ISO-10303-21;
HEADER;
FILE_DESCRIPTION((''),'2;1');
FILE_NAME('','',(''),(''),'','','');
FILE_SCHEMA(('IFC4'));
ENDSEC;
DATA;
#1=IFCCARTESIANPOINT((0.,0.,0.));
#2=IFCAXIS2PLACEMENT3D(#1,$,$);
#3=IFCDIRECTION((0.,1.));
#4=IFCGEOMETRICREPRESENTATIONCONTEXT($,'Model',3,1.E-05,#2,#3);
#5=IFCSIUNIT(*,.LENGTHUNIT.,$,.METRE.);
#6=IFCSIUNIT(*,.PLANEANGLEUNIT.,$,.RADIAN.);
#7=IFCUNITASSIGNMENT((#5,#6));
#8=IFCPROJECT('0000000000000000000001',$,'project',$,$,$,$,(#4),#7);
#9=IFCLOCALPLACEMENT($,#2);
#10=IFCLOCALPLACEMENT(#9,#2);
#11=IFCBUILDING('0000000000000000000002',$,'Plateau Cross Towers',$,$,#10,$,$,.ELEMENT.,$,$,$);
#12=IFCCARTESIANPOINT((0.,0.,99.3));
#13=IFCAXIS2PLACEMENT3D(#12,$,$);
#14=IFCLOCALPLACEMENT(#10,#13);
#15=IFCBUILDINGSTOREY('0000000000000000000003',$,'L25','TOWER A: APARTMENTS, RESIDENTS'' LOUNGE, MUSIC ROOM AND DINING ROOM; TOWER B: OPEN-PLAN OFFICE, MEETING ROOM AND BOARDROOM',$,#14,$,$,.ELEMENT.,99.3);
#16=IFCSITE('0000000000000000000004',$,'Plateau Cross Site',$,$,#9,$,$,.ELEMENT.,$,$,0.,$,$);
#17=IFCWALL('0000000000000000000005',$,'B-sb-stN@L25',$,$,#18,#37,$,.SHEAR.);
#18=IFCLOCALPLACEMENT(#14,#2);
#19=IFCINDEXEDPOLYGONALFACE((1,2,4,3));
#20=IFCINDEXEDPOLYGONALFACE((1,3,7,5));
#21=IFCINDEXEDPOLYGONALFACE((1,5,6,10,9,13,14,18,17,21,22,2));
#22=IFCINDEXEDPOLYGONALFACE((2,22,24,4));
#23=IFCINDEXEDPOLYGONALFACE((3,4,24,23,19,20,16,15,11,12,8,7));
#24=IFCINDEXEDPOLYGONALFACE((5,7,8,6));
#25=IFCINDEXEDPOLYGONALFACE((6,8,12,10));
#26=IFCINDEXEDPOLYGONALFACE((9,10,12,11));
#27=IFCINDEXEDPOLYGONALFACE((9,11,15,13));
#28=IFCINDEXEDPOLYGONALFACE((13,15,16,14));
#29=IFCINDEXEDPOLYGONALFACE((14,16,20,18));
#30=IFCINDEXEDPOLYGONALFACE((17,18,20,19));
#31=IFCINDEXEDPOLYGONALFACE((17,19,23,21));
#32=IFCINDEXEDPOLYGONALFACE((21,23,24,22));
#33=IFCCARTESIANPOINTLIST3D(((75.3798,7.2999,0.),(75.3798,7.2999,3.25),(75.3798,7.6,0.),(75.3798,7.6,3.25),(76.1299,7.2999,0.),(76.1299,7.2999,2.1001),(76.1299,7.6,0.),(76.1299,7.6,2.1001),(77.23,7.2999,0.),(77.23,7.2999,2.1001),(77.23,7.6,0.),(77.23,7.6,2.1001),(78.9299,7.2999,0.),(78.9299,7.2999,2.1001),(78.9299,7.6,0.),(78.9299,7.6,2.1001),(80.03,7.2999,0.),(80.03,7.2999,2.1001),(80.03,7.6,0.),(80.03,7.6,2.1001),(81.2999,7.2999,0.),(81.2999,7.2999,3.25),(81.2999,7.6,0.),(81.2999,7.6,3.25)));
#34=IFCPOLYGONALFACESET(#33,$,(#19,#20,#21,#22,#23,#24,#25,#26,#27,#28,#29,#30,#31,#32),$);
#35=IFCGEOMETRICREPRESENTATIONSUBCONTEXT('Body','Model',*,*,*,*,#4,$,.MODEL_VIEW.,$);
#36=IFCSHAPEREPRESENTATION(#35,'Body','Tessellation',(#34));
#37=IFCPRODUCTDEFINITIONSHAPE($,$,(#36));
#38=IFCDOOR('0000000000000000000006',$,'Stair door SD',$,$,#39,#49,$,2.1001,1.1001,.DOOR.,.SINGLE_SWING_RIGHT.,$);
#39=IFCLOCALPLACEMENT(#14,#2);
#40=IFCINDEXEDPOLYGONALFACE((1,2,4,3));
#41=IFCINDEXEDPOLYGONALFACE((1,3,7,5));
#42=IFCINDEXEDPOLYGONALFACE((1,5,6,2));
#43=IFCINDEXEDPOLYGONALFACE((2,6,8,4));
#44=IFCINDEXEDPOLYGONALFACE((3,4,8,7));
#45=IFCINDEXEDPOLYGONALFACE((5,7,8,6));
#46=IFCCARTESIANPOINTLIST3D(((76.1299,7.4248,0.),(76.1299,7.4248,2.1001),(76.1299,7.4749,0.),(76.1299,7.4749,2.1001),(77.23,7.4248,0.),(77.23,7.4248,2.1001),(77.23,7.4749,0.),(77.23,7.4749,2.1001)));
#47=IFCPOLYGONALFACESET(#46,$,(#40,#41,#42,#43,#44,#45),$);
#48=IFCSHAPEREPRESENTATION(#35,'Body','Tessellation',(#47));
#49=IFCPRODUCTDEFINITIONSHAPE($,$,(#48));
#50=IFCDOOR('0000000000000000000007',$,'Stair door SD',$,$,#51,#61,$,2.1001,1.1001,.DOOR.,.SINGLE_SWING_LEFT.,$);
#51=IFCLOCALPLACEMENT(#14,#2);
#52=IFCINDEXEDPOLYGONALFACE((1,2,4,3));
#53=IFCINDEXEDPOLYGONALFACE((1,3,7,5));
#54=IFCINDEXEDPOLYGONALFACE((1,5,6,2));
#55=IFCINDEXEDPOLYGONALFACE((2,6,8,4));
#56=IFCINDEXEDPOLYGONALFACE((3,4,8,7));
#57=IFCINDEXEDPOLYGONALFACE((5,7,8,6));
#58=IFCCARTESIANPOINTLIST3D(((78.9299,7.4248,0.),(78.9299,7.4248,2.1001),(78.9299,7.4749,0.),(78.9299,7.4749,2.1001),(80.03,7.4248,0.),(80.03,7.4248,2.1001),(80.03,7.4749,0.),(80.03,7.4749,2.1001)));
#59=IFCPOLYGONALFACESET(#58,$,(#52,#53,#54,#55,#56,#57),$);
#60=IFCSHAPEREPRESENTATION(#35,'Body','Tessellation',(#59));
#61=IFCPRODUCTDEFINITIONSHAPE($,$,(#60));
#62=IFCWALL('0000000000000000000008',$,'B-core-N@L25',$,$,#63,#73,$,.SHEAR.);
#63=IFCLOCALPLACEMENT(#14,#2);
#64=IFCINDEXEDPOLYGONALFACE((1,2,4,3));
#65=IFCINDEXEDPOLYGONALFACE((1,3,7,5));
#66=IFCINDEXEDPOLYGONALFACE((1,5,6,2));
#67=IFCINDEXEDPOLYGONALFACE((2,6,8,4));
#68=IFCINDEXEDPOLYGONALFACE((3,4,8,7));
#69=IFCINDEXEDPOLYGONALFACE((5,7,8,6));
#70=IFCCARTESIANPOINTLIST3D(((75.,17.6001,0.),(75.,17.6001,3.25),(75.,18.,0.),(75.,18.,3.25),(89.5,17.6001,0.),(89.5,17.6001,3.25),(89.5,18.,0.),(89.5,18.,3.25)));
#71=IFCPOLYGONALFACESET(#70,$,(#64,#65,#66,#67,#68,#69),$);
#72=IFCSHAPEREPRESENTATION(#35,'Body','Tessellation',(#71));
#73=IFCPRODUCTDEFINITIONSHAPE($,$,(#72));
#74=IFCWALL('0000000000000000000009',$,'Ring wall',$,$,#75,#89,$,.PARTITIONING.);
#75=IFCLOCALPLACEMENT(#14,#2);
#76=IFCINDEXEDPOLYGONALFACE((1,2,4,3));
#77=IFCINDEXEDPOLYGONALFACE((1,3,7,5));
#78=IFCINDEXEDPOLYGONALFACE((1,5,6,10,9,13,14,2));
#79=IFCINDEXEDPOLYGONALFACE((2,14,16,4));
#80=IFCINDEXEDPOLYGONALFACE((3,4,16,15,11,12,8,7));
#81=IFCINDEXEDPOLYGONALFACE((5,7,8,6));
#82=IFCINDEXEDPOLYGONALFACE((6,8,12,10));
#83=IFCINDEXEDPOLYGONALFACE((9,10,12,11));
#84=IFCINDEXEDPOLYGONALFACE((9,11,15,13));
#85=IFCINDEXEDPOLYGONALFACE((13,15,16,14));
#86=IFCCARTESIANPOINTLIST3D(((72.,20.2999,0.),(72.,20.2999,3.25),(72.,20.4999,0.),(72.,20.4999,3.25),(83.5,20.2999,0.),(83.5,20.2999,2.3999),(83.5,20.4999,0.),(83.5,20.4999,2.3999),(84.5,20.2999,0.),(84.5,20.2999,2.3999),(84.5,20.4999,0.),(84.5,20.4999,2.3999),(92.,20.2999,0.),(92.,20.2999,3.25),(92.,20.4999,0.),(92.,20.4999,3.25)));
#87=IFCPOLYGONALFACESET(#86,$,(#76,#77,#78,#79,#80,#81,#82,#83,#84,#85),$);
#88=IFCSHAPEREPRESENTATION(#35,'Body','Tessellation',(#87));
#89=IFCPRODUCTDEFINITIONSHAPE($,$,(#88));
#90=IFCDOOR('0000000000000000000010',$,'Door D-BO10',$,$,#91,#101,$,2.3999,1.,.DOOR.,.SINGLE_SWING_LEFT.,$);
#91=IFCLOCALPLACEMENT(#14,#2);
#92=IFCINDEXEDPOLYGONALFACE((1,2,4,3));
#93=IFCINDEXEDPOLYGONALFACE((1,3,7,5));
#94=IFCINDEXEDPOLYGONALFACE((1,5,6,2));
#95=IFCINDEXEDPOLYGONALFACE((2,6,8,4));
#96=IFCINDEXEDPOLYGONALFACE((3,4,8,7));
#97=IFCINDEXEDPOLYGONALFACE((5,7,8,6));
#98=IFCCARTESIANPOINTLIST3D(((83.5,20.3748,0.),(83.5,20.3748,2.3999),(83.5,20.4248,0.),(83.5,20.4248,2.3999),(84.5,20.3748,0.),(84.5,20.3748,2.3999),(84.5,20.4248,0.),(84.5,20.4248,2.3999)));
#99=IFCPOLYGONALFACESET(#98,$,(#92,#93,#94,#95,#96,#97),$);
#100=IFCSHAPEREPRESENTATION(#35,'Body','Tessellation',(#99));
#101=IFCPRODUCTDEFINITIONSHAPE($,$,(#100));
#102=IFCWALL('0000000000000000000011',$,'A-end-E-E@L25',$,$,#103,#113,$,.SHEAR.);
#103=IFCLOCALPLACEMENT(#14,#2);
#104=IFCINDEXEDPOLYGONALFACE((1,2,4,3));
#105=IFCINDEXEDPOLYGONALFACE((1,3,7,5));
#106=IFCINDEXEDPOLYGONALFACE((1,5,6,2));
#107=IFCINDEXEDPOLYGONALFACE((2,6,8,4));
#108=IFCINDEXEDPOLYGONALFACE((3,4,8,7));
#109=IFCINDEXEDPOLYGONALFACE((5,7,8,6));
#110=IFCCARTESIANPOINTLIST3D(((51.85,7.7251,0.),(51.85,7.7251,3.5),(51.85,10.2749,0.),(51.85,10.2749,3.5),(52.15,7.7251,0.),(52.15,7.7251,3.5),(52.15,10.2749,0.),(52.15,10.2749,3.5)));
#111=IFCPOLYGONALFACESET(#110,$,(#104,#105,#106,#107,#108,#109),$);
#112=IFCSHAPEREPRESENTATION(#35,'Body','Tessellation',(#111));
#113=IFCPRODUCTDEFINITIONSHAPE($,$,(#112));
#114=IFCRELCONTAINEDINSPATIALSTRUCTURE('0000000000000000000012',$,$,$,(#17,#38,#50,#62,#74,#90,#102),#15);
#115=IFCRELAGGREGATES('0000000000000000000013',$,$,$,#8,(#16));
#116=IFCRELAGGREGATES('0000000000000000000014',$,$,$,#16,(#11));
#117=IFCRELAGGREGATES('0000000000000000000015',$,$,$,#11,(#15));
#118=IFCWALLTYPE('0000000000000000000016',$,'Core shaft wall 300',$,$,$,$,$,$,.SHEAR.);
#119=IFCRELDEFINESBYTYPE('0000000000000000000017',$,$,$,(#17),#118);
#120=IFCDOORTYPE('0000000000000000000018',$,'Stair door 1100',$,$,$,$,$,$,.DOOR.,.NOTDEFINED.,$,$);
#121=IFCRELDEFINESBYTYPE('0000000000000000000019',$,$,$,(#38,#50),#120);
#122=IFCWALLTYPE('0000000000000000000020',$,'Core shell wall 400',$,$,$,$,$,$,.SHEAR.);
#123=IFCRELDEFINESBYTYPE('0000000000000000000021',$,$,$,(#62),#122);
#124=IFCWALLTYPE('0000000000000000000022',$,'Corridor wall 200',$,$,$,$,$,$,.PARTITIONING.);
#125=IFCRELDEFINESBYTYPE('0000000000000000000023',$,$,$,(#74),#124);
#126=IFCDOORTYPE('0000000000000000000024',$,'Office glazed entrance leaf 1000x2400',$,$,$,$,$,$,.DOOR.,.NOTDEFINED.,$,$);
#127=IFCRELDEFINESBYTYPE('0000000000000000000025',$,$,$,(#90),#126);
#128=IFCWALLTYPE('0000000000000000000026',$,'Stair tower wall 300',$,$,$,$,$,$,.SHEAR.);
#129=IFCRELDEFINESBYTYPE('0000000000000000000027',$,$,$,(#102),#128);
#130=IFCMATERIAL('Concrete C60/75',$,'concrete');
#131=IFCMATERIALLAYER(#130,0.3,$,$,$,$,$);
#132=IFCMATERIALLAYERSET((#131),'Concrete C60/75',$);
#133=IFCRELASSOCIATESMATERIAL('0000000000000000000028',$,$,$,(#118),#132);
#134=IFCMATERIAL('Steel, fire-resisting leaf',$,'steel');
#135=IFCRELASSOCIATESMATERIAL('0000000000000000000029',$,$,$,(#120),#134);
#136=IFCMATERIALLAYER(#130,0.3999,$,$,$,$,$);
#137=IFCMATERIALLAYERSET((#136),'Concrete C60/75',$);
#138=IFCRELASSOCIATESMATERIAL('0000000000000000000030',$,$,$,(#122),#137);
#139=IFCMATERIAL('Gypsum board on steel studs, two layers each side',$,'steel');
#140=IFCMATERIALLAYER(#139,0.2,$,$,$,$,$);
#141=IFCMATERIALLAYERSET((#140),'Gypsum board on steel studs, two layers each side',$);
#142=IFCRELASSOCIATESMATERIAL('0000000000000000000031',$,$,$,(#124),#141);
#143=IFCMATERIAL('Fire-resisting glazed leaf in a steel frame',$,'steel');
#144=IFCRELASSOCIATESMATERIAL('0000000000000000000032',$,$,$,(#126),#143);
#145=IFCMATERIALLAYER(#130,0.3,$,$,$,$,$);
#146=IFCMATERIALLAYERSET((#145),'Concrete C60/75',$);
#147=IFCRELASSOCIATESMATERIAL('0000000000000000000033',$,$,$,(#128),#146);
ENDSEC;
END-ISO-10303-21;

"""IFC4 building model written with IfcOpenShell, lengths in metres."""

from ifc_helpers import new_model, si_unit, direction, frame, frame_2d, origin, place, context, subcontext, project, spatial, rectangle, extrude, material, layer, layer_set, type_object, element, fill, save


model = new_model("IFC4")

# Units and contexts
model_context = context("Model", 3, precision=1e-05, world=origin(), true_north=direction((0.0, 1.0)))
body_context = subcontext(model_context, "Body", "Model", "MODEL_VIEW")
ifc_project = project(units=[si_unit("LENGTHUNIT", "METRE"), si_unit("PLANEANGLEUNIT", "RADIAN")], contexts=[model_context])

# Site, building, storey
site_placement = place(None, origin())
site = spatial("IfcSite", under=ifc_project, at=site_placement, Name="Plateau Cross Site", CompositionType="ELEMENT", RefElevation=0.0)
building_placement = place(site_placement, origin())
building = spatial("IfcBuilding", under=site, at=building_placement, Name="Plateau Cross Towers", CompositionType="ELEMENT")
storey_placement = place(building_placement, frame((0.0, 0.0, 99.3)))
storey = spatial("IfcBuildingStorey", under=building, at=storey_placement, Name="L25", Description="TOWER A: APARTMENTS, RESIDENTS' LOUNGE, MUSIC ROOM AND DINING ROOM; TOWER B: OPEN-PLAN OFFICE, MEETING ROOM AND BOARDROOM", CompositionType="ELEMENT", Elevation=99.3)

# Shared definitions
ifc_material_1 = material(Name="Concrete C60/75", Category="concrete")

# Wall, openings, doors
ifc_layer_1 = layer(ifc_material_1, 0.3)
ifc_layer_set_1 = layer_set([ifc_layer_1], Name="Concrete C60/75")
wall_type_1 = type_object("IfcWallType", Name="Core shaft wall 300", PredefinedType="SHEAR", material=ifc_layer_set_1)
wall_1_placement = place(storey_placement, frame((75.3799, 7.45, 0.0), z_axis=(0.0, 0.0, 1.0), x_axis=(1.0, 0.0, 0.0)))
wall_1 = element("IfcWall", 1, at=wall_1_placement, inside=storey, type_object=wall_type_1, Name="B-sb-stN@L25", PredefinedType="SHEAR", context=body_context, shape_type="SweptSolid", body=[
    extrude(rectangle(XDim=5.9202, YDim=0.3, at=frame_2d((2.96, 0.0))), origin(), (0.0, 0.0, 1.0), 3.25),
])
opening_1_placement = place(wall_1_placement, frame((0.75, 0.0, 0.0)))
opening_1 = element("IfcOpeningElement", 2, at=opening_1_placement, cuts=wall_1, PredefinedType="OPENING", context=body_context, shape_type="SweptSolid", body=[
    extrude(rectangle(XDim=1.1001, YDim=2.1001, at=frame_2d((0.55, 1.05))), frame((0.0, 0.1599, 0.0), z_axis=(0.0, -1.0, 0.0), x_axis=(1.0, 0.0, 0.0)), (0.0, 0.0, 1.0), 0.3201),
])
opening_2_placement = place(wall_1_placement, frame((3.55, 0.0, 0.0)))
opening_2 = element("IfcOpeningElement", 3, at=opening_2_placement, cuts=wall_1, PredefinedType="OPENING", context=body_context, shape_type="SweptSolid", body=[
    extrude(rectangle(XDim=1.1001, YDim=2.1001, at=frame_2d((0.55, 1.05))), frame((0.0, 0.1599, 0.0), z_axis=(0.0, -1.0, 0.0), x_axis=(1.0, 0.0, 0.0)), (0.0, 0.0, 1.0), 0.3201),
])
ifc_material_2 = material(Name="Steel, fire-resisting leaf", Category="steel")
door_type_1 = type_object("IfcDoorType", Name="Stair door 1100", OperationType="NOTDEFINED", PredefinedType="DOOR", material=ifc_material_2)
door_1_placement = place(opening_1_placement, origin())
door_1 = element("IfcDoor", 4, at=door_1_placement, inside=storey, type_object=door_type_1, Name="Stair door SD", OperationType="SINGLE_SWING_RIGHT", OverallHeight=2.1001, OverallWidth=1.1001, PredefinedType="DOOR", context=body_context, shape_type="SweptSolid", body=[
    extrude(rectangle(XDim=1.1001, YDim=2.1001, at=frame_2d((0.55, 1.05))), frame((0.0, 0.0249, 0.0), z_axis=(0.0, -1.0, 0.0), x_axis=(1.0, 0.0, 0.0)), (0.0, 0.0, 1.0), 0.05),
])
fill(opening_1, door_1)
door_2_placement = place(opening_2_placement, origin())
door_2 = element("IfcDoor", 5, at=door_2_placement, inside=storey, type_object=door_type_1, Name="Stair door SD", OperationType="SINGLE_SWING_LEFT", OverallHeight=2.1001, OverallWidth=1.1001, PredefinedType="DOOR", context=body_context, shape_type="SweptSolid", body=[
    extrude(rectangle(XDim=1.1001, YDim=2.1001, at=frame_2d((0.55, 1.05))), frame((0.0, 0.0249, 0.0), z_axis=(0.0, -1.0, 0.0), x_axis=(1.0, 0.0, 0.0)), (0.0, 0.0, 1.0), 0.05),
])
fill(opening_2, door_2)

# Wall
ifc_layer_2 = layer(ifc_material_1, 0.3999)
ifc_layer_set_2 = layer_set([ifc_layer_2], Name="Concrete C60/75")
wall_type_2 = type_object("IfcWallType", Name="Core shell wall 400", PredefinedType="SHEAR", material=ifc_layer_set_2)
wall_2_placement = place(storey_placement, frame((75.0, 17.8, 0.0), z_axis=(0.0, 0.0, 1.0), x_axis=(1.0, 0.0, 0.0)))
element("IfcWall", 6, at=wall_2_placement, inside=storey, type_object=wall_type_2, Name="B-core-N@L25", PredefinedType="SHEAR", context=body_context, shape_type="SweptSolid", body=[
    extrude(rectangle(XDim=14.5, YDim=0.3999, at=frame_2d((7.25, 0.0))), origin(), (0.0, 0.0, 1.0), 3.25),
])

# Wall, opening, door
ifc_material_3 = material(Name="Gypsum board on steel studs, two layers each side", Category="steel")
ifc_layer_3 = layer(ifc_material_3, 0.2)
ifc_layer_set_3 = layer_set([ifc_layer_3], Name="Gypsum board on steel studs, two layers each side")
wall_type_3 = type_object("IfcWallType", Name="Corridor wall 200", PredefinedType="PARTITIONING", material=ifc_layer_set_3)
wall_3_placement = place(storey_placement, frame((72.0, 20.3999, 0.0), z_axis=(0.0, 0.0, 1.0), x_axis=(1.0, 0.0, 0.0)))
wall_3 = element("IfcWall", 7, at=wall_3_placement, inside=storey, type_object=wall_type_3, Name="Ring wall", PredefinedType="PARTITIONING", context=body_context, shape_type="SweptSolid", body=[
    extrude(rectangle(XDim=20.0, YDim=0.2, at=frame_2d((10.0, 0.0))), origin(), (0.0, 0.0, 1.0), 3.25),
])
opening_3_placement = place(wall_3_placement, frame((11.5, 0.0, 0.0)))
opening_3 = element("IfcOpeningElement", 8, at=opening_3_placement, cuts=wall_3, PredefinedType="OPENING", context=body_context, shape_type="SweptSolid", body=[
    extrude(rectangle(XDim=1.0, YDim=2.3999, at=frame_2d((0.5, 1.2))), frame((0.0, 0.1099, 0.0), z_axis=(0.0, -1.0, 0.0), x_axis=(1.0, 0.0, 0.0)), (0.0, 0.0, 1.0), 0.22),
])
ifc_material_4 = material(Name="Fire-resisting glazed leaf in a steel frame", Category="steel")
door_type_2 = type_object("IfcDoorType", Name="Office glazed entrance leaf 1000x2400", OperationType="NOTDEFINED", PredefinedType="DOOR", material=ifc_material_4)
door_3_placement = place(opening_3_placement, origin())
door_3 = element("IfcDoor", 9, at=door_3_placement, inside=storey, type_object=door_type_2, Name="Door D-BO10", OperationType="SINGLE_SWING_LEFT", OverallHeight=2.3999, OverallWidth=1.0, PredefinedType="DOOR", context=body_context, shape_type="SweptSolid", body=[
    extrude(rectangle(XDim=1.0, YDim=2.3999, at=frame_2d((0.5, 1.2))), frame((0.0, 0.0249, 0.0), z_axis=(0.0, -1.0, 0.0), x_axis=(1.0, 0.0, 0.0)), (0.0, 0.0, 1.0), 0.05),
])
fill(opening_3, door_3)

# Wall
ifc_layer_4 = layer(ifc_material_1, 0.3)
ifc_layer_set_4 = layer_set([ifc_layer_4], Name="Concrete C60/75")
wall_type_4 = type_object("IfcWallType", Name="Stair tower wall 300", PredefinedType="SHEAR", material=ifc_layer_set_4)
wall_4_placement = place(storey_placement, frame((52.0, 7.7251, 0.0), z_axis=(0.0, 0.0, 1.0), x_axis=(0.0, 1.0, 0.0)))
element("IfcWall", 10, at=wall_4_placement, inside=storey, type_object=wall_type_4, Name="A-end-E-E@L25", PredefinedType="SHEAR", context=body_context, shape_type="SweptSolid", body=[
    extrude(rectangle(XDim=2.5498, YDim=0.3, at=frame_2d((1.2749, 0.0))), origin(), (0.0, 0.0, 1.0), 3.5),
])

save(model, "model.ifc")
